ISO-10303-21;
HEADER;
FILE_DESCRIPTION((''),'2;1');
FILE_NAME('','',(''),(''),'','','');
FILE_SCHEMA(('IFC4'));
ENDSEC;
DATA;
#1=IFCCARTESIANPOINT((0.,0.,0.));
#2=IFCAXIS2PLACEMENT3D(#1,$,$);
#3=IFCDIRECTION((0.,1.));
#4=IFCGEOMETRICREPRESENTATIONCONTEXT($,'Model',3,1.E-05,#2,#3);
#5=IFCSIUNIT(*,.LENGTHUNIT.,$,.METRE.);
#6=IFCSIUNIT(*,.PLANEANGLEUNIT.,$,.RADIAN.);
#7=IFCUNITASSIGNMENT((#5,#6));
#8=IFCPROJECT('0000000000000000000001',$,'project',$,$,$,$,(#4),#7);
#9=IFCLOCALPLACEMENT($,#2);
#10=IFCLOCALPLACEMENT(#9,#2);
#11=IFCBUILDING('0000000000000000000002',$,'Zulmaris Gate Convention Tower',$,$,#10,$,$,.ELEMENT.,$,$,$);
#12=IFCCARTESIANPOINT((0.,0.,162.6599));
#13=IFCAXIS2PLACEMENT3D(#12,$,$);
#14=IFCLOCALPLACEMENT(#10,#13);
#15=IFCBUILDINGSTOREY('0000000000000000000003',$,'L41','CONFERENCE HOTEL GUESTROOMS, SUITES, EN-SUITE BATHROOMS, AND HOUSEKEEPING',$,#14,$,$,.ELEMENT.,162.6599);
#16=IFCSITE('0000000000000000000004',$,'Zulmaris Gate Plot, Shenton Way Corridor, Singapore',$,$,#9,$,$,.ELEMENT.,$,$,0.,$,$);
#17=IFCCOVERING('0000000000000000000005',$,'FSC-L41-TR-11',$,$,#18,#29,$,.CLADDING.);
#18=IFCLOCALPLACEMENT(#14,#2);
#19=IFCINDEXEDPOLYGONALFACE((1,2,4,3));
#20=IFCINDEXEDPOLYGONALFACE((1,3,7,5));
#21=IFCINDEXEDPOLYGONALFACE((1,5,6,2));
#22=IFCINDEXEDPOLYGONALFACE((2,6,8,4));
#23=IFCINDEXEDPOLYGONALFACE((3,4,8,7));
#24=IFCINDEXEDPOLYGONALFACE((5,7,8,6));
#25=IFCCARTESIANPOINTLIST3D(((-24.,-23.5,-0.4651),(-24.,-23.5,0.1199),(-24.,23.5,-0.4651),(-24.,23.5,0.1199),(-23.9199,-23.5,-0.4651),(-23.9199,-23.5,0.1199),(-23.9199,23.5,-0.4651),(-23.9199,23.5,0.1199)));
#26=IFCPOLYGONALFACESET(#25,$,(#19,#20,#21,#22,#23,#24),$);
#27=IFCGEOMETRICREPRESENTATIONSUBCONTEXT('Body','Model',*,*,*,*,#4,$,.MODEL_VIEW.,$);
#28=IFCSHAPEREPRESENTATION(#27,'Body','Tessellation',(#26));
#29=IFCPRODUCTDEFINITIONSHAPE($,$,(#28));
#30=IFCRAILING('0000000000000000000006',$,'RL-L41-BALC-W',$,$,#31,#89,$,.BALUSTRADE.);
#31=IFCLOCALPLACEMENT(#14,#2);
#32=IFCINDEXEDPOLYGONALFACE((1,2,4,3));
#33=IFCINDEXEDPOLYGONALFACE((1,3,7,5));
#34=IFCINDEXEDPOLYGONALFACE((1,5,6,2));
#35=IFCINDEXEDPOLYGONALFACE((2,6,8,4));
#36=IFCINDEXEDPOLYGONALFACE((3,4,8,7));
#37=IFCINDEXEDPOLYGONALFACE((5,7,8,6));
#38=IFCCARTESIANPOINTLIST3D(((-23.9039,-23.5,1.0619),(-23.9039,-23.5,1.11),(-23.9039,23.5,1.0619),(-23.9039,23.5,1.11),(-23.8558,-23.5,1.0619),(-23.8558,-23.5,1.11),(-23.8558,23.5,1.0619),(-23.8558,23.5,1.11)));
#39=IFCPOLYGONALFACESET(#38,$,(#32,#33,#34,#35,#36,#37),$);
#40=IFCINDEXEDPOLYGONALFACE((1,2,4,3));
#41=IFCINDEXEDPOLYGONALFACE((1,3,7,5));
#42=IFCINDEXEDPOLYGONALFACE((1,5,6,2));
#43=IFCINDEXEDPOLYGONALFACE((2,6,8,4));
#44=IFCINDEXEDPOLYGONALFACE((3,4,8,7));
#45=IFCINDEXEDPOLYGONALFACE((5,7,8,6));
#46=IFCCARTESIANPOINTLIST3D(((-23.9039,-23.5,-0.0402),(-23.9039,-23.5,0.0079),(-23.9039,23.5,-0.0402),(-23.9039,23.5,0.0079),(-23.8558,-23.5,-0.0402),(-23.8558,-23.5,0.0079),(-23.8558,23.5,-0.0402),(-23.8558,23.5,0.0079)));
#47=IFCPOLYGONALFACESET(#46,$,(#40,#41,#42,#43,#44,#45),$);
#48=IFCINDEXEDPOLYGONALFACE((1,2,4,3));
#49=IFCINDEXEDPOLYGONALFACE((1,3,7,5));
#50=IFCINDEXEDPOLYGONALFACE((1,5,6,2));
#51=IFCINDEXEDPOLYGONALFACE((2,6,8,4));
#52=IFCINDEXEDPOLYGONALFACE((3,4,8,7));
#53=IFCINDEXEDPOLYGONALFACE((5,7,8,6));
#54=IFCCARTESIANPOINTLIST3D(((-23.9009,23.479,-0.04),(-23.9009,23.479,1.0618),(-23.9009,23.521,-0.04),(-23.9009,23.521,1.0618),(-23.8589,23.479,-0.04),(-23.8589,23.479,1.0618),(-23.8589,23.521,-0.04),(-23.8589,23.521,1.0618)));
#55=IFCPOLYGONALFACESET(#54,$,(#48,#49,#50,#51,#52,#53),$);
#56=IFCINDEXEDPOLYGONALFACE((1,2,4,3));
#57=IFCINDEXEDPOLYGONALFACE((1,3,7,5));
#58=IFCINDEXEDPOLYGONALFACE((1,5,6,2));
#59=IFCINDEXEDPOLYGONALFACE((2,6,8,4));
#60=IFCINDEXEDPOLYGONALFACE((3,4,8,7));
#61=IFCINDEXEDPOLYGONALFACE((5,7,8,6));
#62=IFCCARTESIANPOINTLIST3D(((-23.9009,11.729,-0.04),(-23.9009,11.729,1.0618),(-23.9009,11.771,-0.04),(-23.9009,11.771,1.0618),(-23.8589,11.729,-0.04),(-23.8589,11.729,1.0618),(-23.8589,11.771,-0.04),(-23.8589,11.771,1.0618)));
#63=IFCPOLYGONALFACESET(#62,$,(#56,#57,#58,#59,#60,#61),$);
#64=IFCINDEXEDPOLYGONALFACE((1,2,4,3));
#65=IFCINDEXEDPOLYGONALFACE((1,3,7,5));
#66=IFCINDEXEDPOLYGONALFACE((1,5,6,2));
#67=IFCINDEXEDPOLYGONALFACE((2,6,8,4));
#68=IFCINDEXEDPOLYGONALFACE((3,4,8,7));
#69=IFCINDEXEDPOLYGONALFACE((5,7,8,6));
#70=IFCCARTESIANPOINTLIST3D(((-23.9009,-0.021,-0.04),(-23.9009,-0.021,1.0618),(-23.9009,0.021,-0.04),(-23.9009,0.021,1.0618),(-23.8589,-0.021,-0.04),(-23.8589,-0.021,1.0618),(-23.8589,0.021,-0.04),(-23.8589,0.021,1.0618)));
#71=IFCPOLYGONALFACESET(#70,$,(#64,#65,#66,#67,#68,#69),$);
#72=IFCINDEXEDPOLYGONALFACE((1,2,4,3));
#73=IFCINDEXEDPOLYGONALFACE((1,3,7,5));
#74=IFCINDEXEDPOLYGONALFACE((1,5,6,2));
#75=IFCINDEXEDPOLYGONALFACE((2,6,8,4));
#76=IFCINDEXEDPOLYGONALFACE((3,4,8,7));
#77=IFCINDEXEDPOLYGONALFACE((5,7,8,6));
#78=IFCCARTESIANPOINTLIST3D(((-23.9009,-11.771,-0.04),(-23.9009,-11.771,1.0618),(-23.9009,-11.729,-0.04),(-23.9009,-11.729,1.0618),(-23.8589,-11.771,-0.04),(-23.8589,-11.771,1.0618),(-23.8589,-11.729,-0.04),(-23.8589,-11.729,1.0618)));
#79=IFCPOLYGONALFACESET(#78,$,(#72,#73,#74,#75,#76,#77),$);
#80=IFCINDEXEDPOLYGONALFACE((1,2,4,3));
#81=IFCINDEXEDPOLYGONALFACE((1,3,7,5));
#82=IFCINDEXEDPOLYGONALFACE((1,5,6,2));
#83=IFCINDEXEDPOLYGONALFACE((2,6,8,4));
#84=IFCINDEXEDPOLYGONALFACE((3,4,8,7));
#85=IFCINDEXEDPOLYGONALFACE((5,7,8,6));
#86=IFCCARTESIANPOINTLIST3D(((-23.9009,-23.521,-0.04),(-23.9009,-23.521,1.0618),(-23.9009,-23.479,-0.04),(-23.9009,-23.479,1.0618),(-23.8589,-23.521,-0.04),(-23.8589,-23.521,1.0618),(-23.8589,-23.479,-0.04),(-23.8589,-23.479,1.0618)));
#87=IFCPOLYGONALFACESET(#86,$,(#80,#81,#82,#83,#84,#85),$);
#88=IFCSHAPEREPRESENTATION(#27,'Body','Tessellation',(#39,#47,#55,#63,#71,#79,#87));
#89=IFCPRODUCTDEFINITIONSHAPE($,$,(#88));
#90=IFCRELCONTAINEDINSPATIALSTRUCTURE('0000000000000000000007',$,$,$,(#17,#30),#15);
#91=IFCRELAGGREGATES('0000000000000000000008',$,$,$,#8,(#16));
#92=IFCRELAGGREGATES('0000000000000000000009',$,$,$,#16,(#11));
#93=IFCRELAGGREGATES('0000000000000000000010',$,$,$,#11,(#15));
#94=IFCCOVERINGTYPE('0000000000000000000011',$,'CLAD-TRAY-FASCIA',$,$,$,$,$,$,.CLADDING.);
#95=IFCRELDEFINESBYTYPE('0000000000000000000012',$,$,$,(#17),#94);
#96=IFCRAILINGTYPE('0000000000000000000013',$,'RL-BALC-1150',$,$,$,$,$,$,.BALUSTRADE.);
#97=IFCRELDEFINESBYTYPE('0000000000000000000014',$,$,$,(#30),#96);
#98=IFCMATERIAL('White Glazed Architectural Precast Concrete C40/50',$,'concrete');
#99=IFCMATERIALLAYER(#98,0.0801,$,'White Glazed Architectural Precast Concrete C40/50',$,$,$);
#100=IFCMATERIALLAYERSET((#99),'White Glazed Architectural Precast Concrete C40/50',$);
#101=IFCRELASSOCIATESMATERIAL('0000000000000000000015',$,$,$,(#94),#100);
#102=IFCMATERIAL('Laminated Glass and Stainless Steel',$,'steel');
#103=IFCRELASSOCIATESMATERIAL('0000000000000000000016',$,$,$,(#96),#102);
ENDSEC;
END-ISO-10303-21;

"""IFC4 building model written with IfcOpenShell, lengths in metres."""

from ifc_helpers import new_model, si_unit, direction, frame, frame_2d, origin, origin_2d, place, context, subcontext, project, spatial, rectangle, extrude, material, layer, layer_set, type_object, element, save


model = new_model("IFC4")

# Units and contexts
model_context = context("Model", 3, precision=1e-05, world=origin(), true_north=direction((0.0, 1.0)))
body_context = subcontext(model_context, "Body", "Model", "MODEL_VIEW")
ifc_project = project(units=[si_unit("LENGTHUNIT", "METRE"), si_unit("PLANEANGLEUNIT", "RADIAN")], contexts=[model_context])

# Site, building, storey
site_placement = place(None, origin())
site = spatial("IfcSite", under=ifc_project, at=site_placement, Name="Zulmaris Gate Plot, Shenton Way Corridor, Singapore", CompositionType="ELEMENT", RefElevation=0.0)
building_placement = place(site_placement, origin())
building = spatial("IfcBuilding", under=site, at=building_placement, Name="Zulmaris Gate Convention Tower", CompositionType="ELEMENT")
storey_placement = place(building_placement, frame((0.0, 0.0, 162.6599)))
storey = spatial("IfcBuildingStorey", under=building, at=storey_placement, Name="L41", Description="CONFERENCE HOTEL GUESTROOMS, SUITES, EN-SUITE BATHROOMS, AND HOUSEKEEPING", CompositionType="ELEMENT", Elevation=162.6599)

# Covering
ifc_material_1 = material(Name="White Glazed Architectural Precast Concrete C40/50", Category="concrete")
ifc_layer_1 = layer(ifc_material_1, 0.0801, Name="White Glazed Architectural Precast Concrete C40/50")
ifc_layer_set_1 = layer_set([ifc_layer_1], Name="White Glazed Architectural Precast Concrete C40/50")
covering_type = type_object("IfcCoveringType", Name="CLAD-TRAY-FASCIA", PredefinedType="CLADDING", material=ifc_layer_set_1)
covering_1_placement = place(storey_placement, frame((-23.96, 23.5, -0.4651), z_axis=(0.0, 0.0, 1.0), x_axis=(0.0, -1.0, 0.0)))
element("IfcCovering", 1, at=covering_1_placement, inside=storey, type_object=covering_type, Name="FSC-L41-TR-11", PredefinedType="CLADDING", context=body_context, shape_type="SweptSolid", body=[
    extrude(rectangle(XDim=47.0, YDim=0.0801, at=frame_2d((23.5, 0.0))), origin(), (0.0, 0.0, 1.0), 0.585),
])

# Railing
ifc_material_2 = material(Name="Laminated Glass and Stainless Steel", Category="steel")
railing_type = type_object("IfcRailingType", Name="RL-BALC-1150", PredefinedType="BALUSTRADE", material=ifc_material_2)
railing_placement = place(storey_placement, frame((-23.8799, 23.5, -0.04)))
element("IfcRailing", 2, at=railing_placement, inside=storey, type_object=railing_type, Name="RL-L41-BALC-W", PredefinedType="BALUSTRADE", context=body_context, shape_type="SweptSolid", body=[
    extrude(rectangle(XDim=0.0481, YDim=0.0481, at=origin_2d()), frame((0.0, 0.0, 1.126), z_axis=(0.0, -1.0, 0.0), x_axis=(1.0, 0.0, 0.0)), (0.0, 0.0, 1.0), 47.0),
    extrude(rectangle(XDim=0.0481, YDim=0.0481, at=origin_2d()), frame((0.0, 0.0, 0.0239), z_axis=(0.0, -1.0, 0.0), x_axis=(1.0, 0.0, 0.0)), (0.0, 0.0, 1.0), 47.0),
    extrude(rectangle(XDim=0.042, YDim=0.042, at=origin_2d()), origin(), (0.0, 0.0, 1.0), 1.1018),
    extrude(rectangle(XDim=0.042, YDim=0.042, at=origin_2d()), frame((0.0, -11.75, 0.0)), (0.0, 0.0, 1.0), 1.1018),
    extrude(rectangle(XDim=0.042, YDim=0.042, at=origin_2d()), frame((0.0, -23.5, 0.0)), (0.0, 0.0, 1.0), 1.1018),
    extrude(rectangle(XDim=0.042, YDim=0.042, at=origin_2d()), frame((0.0, -35.25, 0.0)), (0.0, 0.0, 1.0), 1.1018),
    extrude(rectangle(XDim=0.042, YDim=0.042, at=origin_2d()), frame((0.0, -47.0, 0.0)), (0.0, 0.0, 1.0), 1.1018),
])

save(model, "model.ifc")
